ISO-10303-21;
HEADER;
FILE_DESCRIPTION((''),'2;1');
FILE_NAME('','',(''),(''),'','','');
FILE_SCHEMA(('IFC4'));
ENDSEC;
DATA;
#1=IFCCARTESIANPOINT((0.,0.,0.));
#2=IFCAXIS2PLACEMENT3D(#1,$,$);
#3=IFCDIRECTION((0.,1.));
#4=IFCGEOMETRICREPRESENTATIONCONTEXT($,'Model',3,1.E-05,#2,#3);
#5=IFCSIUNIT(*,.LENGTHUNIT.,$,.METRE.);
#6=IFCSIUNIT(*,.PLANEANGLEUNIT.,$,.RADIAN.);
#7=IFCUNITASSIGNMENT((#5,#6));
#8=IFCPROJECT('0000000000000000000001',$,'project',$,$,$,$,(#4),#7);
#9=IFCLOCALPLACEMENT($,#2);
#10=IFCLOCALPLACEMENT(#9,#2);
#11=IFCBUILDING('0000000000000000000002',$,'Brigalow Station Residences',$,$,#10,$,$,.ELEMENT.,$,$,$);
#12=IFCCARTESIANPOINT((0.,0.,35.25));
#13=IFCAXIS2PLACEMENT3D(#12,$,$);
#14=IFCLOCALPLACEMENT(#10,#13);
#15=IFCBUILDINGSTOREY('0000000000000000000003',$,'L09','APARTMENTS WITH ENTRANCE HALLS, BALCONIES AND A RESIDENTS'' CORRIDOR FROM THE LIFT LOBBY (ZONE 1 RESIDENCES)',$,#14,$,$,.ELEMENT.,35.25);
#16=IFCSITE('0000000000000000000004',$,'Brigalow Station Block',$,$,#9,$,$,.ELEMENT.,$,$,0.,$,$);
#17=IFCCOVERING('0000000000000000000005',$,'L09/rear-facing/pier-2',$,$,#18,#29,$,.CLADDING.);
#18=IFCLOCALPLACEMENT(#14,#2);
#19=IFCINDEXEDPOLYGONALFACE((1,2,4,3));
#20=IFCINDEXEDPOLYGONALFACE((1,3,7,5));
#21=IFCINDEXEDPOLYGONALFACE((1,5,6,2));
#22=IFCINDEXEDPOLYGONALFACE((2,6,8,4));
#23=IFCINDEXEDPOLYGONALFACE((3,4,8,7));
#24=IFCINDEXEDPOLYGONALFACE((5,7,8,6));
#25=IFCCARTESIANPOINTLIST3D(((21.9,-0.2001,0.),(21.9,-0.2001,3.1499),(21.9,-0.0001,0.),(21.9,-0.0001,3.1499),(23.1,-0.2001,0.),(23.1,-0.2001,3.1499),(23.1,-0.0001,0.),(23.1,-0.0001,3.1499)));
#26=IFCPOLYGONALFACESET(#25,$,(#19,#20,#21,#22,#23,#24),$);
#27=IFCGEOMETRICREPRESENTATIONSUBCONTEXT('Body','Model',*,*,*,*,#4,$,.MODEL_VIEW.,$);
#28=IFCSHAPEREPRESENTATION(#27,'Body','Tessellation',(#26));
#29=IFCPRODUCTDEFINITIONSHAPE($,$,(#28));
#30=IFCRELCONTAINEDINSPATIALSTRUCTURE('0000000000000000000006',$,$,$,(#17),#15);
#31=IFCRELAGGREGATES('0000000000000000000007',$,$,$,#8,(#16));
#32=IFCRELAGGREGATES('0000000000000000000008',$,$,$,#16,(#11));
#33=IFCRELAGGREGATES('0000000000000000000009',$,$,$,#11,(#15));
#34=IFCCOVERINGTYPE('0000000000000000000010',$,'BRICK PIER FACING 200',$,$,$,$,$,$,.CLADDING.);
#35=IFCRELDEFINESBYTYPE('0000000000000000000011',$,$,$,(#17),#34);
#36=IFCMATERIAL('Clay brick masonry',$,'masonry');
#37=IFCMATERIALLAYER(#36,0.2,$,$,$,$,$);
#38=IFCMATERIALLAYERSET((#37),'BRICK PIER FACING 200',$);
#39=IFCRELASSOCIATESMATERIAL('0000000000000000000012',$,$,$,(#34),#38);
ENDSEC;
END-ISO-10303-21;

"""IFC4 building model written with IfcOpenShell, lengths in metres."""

from ifc_helpers import new_model, si_unit, direction, frame, origin, origin_2d, place, context, subcontext, project, spatial, rectangle, extrude, material, layer, layer_set, type_object, element, save


model = new_model("IFC4")

# Units and contexts
model_context = context("Model", 3, precision=1e-05, world=origin(), true_north=direction((0.0, 1.0)))
body_context = subcontext(model_context, "Body", "Model", "MODEL_VIEW")
ifc_project = project(units=[si_unit("LENGTHUNIT", "METRE"), si_unit("PLANEANGLEUNIT", "RADIAN")], contexts=[model_context])

# Site, building, storey
site_placement = place(None, origin())
site = spatial("IfcSite", under=ifc_project, at=site_placement, Name="Brigalow Station Block", CompositionType="ELEMENT", RefElevation=0.0)
building_placement = place(site_placement, origin())
building = spatial("IfcBuilding", under=site, at=building_placement, Name="Brigalow Station Residences", CompositionType="ELEMENT")
storey_placement = place(building_placement, frame((0.0, 0.0, 35.25)))
storey = spatial("IfcBuildingStorey", under=building, at=storey_placement, Name="L09", Description="APARTMENTS WITH ENTRANCE HALLS, BALCONIES AND A RESIDENTS' CORRIDOR FROM THE LIFT LOBBY (ZONE 1 RESIDENCES)", CompositionType="ELEMENT", Elevation=35.25)

# Covering
ifc_material_1 = material(Name="Clay brick masonry", Category="masonry")
ifc_layer_1 = layer(ifc_material_1, 0.2)
ifc_layer_set_1 = layer_set([ifc_layer_1], Name="BRICK PIER FACING 200")
covering_type_1 = type_object("IfcCoveringType", Name="BRICK PIER FACING 200", PredefinedType="CLADDING", material=ifc_layer_set_1)
covering_1_placement = place(storey_placement, frame((22.5, -0.1001, 0.0), z_axis=(0.0, 0.0, 1.0), x_axis=(1.0, 0.0, 0.0)))
element("IfcCovering", 1, at=covering_1_placement, inside=storey, type_object=covering_type_1, Name="L09/rear-facing/pier-2", PredefinedType="CLADDING", context=body_context, shape_type="SweptSolid", body=[
    extrude(rectangle(XDim=1.2, YDim=0.2, at=origin_2d()), origin(), (0.0, 0.0, 1.0), 3.1499),
])

save(model, "model.ifc")
